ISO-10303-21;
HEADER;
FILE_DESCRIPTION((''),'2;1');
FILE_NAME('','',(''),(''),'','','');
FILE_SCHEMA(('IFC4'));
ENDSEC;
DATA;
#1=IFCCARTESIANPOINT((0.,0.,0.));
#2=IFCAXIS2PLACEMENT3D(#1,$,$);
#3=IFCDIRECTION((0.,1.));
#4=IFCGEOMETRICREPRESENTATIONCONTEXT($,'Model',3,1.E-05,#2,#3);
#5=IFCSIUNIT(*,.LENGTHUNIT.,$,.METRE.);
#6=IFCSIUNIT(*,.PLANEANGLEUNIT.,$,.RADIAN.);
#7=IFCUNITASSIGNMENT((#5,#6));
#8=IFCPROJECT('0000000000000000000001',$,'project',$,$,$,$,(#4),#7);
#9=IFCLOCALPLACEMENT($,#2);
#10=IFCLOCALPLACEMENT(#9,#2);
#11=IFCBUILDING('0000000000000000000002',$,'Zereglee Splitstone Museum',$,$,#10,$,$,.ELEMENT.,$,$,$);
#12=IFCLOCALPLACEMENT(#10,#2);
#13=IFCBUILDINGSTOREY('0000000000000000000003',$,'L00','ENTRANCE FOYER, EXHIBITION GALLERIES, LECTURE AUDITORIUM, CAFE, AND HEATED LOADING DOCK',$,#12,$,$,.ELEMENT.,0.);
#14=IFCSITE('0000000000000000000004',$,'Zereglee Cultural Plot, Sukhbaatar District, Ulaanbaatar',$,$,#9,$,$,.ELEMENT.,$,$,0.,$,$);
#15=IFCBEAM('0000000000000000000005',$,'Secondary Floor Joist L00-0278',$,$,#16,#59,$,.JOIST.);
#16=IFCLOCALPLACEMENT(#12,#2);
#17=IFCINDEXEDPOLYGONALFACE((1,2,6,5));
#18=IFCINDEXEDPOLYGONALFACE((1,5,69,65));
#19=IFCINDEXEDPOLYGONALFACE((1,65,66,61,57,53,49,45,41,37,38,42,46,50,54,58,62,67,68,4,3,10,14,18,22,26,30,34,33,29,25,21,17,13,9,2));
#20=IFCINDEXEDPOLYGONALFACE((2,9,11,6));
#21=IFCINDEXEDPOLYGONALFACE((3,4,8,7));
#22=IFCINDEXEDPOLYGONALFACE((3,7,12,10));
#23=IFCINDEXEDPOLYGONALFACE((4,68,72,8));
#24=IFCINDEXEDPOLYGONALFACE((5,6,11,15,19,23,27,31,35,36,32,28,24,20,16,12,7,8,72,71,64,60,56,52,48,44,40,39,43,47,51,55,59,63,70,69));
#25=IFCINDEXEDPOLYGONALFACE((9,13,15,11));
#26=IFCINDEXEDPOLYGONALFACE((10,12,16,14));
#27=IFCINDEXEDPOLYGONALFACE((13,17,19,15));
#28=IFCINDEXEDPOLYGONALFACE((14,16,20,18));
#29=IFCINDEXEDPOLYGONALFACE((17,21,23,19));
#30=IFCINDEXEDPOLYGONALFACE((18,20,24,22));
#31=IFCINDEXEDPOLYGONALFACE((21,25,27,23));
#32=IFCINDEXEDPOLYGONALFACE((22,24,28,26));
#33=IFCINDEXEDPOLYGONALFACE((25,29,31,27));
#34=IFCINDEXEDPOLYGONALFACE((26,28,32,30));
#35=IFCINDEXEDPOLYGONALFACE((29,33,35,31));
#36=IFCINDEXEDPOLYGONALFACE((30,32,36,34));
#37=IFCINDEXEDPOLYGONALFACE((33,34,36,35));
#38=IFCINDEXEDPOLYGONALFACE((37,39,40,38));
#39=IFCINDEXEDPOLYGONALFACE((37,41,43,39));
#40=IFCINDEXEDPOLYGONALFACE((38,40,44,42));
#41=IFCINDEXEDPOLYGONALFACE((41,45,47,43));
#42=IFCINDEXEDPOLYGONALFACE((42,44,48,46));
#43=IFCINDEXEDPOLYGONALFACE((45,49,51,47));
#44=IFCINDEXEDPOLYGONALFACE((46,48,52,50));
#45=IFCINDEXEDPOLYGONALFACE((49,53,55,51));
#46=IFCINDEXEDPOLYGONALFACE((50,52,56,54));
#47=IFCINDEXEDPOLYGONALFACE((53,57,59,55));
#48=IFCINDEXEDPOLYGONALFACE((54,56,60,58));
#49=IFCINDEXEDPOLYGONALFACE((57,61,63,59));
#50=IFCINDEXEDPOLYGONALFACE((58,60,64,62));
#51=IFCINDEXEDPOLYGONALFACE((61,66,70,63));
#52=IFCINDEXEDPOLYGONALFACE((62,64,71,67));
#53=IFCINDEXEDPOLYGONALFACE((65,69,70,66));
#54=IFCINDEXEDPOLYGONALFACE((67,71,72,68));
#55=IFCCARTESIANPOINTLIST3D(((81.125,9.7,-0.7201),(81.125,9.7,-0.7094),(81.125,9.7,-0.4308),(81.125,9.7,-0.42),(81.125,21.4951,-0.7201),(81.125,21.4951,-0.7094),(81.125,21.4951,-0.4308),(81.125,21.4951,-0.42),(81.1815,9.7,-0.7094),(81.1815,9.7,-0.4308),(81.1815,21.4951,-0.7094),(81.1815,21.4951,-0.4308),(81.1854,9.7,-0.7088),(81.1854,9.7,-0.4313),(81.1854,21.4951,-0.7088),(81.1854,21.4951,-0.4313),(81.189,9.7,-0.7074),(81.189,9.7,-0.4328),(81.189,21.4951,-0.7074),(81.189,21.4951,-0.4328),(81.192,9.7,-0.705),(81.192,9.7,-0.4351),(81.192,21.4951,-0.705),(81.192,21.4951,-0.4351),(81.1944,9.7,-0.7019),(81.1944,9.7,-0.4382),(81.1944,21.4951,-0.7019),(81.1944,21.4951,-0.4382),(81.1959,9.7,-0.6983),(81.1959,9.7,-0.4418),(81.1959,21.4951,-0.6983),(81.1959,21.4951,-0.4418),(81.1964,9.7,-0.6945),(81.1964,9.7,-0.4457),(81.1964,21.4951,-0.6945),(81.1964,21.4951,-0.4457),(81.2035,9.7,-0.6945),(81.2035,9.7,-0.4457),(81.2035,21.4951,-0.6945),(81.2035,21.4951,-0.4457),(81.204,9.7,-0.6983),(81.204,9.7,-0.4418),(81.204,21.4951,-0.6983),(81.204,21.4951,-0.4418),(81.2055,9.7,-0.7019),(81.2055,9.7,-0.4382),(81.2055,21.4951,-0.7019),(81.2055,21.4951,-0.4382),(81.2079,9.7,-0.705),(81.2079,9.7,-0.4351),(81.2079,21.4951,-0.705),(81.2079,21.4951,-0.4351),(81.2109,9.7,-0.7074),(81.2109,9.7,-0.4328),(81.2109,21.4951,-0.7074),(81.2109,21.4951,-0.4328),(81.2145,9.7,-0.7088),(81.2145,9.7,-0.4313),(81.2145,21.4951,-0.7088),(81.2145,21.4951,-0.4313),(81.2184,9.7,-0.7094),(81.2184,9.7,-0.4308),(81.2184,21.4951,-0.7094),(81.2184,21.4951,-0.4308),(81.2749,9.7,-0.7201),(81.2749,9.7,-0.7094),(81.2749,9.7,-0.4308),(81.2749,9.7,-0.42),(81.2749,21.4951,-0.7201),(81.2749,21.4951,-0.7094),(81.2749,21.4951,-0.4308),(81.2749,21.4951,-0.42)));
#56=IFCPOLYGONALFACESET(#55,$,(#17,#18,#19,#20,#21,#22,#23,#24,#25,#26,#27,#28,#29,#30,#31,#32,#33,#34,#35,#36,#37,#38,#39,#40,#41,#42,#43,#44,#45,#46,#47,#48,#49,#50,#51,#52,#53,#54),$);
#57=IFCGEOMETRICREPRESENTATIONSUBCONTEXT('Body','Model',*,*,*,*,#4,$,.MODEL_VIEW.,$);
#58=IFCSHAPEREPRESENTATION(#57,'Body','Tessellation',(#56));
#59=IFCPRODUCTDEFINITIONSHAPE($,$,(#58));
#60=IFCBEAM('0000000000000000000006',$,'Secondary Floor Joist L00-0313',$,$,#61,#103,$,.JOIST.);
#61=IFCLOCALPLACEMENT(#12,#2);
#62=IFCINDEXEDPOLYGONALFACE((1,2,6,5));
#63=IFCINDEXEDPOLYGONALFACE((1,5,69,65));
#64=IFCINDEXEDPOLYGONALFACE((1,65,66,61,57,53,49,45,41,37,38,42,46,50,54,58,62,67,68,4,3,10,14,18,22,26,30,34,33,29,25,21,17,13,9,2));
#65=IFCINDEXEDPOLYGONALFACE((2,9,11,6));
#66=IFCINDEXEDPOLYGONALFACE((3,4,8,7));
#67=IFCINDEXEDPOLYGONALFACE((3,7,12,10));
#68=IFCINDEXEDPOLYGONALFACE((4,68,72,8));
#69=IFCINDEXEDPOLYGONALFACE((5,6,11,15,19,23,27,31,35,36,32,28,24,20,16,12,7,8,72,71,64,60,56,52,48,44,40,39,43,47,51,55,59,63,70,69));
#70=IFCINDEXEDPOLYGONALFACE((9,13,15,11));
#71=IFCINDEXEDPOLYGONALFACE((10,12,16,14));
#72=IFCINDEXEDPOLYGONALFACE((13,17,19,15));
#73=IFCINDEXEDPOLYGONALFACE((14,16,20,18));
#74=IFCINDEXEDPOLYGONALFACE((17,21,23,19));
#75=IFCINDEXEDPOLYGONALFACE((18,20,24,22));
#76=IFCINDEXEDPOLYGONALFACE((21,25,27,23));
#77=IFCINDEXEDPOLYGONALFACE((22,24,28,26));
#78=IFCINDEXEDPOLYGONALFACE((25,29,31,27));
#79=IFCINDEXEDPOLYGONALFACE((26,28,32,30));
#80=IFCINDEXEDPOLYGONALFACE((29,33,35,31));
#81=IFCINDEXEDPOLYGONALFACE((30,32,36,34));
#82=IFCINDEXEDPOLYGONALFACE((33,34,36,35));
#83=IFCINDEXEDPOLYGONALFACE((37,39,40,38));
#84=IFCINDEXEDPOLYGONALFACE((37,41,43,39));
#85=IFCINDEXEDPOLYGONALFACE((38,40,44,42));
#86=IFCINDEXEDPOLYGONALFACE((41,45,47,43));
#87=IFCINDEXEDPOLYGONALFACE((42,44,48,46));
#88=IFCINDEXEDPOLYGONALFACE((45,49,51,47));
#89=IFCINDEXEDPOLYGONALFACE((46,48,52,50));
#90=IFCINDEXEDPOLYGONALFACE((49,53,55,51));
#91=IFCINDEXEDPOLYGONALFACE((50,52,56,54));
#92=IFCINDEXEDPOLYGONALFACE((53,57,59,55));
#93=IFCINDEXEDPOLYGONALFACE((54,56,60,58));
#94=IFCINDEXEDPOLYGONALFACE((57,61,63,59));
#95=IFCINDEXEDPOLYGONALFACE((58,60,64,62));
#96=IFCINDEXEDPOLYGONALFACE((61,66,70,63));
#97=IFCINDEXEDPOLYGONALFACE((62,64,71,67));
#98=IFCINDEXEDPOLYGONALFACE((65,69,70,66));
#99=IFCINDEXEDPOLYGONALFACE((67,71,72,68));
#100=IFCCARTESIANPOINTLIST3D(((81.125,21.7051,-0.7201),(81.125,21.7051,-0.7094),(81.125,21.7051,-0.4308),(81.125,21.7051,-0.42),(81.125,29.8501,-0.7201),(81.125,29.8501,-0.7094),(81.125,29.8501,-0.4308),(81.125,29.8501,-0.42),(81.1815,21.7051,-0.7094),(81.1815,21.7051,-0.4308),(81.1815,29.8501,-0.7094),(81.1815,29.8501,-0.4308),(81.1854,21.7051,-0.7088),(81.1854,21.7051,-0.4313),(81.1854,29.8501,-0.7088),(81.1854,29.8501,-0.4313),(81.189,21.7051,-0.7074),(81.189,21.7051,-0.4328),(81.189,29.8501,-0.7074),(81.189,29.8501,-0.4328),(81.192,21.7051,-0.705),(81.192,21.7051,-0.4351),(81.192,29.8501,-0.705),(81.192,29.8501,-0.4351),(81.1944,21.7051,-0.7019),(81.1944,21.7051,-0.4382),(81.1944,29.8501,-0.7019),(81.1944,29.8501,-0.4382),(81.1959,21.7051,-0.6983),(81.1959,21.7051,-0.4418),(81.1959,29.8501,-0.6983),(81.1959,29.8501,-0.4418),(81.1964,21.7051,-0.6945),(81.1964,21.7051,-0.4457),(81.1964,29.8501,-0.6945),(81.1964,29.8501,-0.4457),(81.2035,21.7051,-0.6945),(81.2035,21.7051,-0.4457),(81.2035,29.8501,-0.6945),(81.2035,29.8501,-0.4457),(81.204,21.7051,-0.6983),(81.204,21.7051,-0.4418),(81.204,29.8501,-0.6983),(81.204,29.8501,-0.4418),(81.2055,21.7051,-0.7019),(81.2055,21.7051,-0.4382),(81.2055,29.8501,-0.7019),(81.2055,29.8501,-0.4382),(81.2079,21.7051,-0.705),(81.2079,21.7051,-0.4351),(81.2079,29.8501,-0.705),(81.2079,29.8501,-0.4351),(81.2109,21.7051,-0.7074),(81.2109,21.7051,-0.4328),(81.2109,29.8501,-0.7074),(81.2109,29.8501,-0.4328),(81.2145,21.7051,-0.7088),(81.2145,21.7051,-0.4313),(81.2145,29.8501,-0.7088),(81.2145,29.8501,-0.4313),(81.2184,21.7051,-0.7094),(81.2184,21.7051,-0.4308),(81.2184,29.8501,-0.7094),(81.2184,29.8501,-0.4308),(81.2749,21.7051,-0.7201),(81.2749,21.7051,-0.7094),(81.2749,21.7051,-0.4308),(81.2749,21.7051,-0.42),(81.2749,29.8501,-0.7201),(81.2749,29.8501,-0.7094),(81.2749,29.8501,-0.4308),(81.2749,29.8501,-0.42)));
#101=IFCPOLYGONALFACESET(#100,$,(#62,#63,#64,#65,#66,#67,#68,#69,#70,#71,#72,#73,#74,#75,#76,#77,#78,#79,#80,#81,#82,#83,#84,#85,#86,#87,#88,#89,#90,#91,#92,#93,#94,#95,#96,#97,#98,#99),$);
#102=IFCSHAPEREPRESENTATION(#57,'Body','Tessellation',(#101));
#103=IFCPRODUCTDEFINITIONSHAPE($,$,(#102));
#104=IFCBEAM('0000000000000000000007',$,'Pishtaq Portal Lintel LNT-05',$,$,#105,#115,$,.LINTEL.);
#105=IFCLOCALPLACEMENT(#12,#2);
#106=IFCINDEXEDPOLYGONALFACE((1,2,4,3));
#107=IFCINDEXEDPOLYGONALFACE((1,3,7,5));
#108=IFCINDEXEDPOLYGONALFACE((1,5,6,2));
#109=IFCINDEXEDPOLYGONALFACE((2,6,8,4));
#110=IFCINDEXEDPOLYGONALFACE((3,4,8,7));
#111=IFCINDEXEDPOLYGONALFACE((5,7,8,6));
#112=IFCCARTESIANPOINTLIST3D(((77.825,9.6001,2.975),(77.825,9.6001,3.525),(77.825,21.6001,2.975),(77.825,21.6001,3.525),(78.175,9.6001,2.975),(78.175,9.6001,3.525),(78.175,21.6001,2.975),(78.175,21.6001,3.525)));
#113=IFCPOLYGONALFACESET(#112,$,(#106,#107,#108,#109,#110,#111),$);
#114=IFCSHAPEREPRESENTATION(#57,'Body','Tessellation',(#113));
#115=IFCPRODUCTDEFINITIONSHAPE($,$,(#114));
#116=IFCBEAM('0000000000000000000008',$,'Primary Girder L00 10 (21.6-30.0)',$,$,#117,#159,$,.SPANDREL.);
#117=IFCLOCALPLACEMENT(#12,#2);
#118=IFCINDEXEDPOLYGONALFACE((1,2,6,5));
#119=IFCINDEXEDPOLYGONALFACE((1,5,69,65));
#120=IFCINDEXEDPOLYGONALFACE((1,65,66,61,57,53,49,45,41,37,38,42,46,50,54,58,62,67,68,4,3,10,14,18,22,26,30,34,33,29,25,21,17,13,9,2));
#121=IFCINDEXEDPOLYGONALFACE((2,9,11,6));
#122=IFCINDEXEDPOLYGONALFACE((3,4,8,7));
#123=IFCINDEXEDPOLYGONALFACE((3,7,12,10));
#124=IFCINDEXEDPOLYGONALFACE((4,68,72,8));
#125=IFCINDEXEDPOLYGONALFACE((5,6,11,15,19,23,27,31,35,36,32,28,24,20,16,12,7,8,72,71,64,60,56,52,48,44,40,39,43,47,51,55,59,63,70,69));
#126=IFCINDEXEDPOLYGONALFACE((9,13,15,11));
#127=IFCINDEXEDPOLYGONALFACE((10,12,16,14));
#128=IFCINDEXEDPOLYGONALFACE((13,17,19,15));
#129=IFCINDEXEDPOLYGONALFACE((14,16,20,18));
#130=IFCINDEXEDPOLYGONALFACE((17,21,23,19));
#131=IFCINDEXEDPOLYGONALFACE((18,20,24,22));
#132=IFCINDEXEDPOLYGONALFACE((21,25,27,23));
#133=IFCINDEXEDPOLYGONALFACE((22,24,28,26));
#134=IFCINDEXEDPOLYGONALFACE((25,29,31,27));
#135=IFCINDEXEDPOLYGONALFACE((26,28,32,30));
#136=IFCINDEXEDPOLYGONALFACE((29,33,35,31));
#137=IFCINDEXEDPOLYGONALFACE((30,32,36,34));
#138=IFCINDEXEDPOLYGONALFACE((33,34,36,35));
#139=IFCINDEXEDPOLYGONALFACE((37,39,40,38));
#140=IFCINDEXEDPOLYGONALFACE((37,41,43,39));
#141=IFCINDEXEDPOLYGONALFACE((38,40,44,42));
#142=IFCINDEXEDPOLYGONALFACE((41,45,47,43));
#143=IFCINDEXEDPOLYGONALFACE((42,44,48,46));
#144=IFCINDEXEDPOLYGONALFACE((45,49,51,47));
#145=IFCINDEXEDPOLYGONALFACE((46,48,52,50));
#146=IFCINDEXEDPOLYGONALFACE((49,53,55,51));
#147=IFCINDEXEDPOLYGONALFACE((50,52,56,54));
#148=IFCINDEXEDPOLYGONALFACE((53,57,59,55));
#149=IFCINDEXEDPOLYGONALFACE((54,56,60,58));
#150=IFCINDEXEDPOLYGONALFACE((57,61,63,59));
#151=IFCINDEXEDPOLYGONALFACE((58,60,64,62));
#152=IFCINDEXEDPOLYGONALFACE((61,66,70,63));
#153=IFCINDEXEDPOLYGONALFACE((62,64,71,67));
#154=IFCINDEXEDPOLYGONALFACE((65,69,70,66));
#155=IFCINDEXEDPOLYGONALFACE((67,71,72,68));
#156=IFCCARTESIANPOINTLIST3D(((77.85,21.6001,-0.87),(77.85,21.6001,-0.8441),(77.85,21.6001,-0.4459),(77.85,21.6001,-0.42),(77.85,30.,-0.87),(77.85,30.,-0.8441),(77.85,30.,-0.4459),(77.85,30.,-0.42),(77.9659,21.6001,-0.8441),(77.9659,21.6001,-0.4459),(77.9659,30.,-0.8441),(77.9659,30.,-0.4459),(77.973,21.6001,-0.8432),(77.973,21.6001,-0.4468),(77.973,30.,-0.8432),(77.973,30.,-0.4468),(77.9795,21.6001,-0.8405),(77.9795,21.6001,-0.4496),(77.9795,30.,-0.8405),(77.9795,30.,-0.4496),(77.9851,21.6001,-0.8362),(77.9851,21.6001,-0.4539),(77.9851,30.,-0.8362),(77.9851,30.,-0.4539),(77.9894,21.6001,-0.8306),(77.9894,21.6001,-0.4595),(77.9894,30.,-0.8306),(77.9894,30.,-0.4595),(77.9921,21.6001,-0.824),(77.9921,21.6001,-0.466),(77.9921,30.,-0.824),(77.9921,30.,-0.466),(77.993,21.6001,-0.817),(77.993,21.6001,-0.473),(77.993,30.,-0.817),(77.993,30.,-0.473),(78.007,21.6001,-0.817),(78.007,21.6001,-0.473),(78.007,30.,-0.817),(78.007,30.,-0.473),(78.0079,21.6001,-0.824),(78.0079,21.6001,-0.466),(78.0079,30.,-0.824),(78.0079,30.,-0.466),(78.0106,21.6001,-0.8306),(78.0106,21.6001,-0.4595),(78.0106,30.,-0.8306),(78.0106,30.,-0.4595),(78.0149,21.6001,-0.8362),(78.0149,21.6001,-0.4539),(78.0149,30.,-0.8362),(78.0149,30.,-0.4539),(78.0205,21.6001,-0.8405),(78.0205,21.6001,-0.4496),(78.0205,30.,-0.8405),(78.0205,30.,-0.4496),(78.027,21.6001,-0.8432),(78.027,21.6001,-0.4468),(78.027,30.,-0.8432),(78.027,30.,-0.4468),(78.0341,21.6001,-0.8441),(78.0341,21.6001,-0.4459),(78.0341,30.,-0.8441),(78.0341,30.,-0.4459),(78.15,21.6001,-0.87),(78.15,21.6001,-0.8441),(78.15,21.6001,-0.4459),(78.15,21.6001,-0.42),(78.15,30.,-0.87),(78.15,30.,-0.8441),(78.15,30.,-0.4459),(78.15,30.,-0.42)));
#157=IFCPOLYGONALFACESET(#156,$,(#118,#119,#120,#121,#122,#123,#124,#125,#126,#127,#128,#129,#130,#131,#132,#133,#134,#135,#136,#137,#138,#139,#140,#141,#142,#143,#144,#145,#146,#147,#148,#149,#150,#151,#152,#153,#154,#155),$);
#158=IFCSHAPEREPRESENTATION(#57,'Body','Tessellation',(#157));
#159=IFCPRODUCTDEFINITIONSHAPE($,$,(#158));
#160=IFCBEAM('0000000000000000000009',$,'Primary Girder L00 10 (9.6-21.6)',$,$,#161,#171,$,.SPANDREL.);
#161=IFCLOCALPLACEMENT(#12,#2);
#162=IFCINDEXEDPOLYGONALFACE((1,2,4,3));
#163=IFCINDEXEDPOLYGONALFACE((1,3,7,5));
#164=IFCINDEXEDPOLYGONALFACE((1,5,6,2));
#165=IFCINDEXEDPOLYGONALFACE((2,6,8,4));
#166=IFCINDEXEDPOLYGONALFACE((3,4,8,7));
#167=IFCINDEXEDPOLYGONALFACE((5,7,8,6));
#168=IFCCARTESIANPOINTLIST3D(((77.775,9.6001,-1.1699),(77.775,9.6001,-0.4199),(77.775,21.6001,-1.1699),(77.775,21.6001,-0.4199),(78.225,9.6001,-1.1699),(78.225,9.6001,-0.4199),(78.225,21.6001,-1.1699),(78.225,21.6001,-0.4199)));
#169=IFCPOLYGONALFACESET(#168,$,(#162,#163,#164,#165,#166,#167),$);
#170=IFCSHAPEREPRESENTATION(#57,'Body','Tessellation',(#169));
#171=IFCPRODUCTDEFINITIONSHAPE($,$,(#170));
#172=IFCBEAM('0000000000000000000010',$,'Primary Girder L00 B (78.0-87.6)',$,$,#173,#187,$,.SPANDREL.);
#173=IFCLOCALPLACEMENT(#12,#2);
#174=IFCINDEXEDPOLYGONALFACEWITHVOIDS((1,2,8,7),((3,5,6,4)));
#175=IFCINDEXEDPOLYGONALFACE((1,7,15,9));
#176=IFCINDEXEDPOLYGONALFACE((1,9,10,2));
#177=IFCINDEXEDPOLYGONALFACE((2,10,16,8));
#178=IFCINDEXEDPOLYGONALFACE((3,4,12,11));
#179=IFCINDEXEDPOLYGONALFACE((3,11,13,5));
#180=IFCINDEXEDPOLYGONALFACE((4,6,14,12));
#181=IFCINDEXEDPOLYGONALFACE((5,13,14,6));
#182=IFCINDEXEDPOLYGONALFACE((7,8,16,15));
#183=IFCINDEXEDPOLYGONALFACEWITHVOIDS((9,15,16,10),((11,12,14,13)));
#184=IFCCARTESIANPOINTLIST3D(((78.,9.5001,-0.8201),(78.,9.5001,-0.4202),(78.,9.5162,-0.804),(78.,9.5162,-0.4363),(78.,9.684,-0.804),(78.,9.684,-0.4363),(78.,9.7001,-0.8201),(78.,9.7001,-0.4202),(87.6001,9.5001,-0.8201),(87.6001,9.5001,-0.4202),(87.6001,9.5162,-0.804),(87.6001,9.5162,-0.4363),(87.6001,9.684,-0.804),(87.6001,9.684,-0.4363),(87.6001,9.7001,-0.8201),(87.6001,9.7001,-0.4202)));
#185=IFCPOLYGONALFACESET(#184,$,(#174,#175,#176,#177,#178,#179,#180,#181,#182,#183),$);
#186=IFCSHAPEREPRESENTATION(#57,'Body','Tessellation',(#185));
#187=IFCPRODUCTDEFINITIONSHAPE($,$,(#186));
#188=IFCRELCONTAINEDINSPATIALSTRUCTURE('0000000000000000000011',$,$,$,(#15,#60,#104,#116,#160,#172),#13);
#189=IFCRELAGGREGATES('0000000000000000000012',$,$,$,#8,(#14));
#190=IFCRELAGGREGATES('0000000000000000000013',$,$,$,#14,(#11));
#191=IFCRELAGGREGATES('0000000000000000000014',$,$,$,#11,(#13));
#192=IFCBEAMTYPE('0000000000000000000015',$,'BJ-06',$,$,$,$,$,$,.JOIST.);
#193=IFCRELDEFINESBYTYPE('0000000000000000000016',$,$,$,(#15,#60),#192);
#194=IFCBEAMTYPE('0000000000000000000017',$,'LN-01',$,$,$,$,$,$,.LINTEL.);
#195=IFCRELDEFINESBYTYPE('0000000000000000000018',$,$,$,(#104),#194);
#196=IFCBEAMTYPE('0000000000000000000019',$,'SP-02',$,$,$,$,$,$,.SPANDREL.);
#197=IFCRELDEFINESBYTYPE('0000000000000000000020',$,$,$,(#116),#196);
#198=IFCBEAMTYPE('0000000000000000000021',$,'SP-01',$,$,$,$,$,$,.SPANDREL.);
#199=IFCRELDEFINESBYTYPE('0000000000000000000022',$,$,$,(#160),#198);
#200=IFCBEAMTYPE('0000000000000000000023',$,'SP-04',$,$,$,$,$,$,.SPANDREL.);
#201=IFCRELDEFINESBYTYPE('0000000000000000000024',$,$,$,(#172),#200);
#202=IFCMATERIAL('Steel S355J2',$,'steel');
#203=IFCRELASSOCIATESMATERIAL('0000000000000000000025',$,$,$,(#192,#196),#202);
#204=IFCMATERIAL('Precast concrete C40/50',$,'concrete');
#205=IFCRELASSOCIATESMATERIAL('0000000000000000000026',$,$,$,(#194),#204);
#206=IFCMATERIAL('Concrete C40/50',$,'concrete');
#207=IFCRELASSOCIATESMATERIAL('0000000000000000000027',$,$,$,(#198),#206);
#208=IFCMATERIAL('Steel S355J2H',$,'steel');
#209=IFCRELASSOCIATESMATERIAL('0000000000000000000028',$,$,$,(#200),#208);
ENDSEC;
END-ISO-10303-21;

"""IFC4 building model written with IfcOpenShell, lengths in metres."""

from ifc_helpers import new_model, si_unit, direction, frame, origin, origin_2d, place, context, subcontext, project, spatial, rectangle, hollow_rectangle, i_section, extrude, material, material_profile, profile_set, type_object, element, save


model = new_model("IFC4")

# Units and contexts
model_context = context("Model", 3, precision=1e-05, world=origin(), true_north=direction((0.0, 1.0)))
body_context = subcontext(model_context, "Body", "Model", "MODEL_VIEW")
ifc_project = project(units=[si_unit("LENGTHUNIT", "METRE"), si_unit("PLANEANGLEUNIT", "RADIAN")], contexts=[model_context])

# Site, building, storey
site_placement = place(None, origin())
site = spatial("IfcSite", under=ifc_project, at=site_placement, Name="Zereglee Cultural Plot, Sukhbaatar District, Ulaanbaatar", CompositionType="ELEMENT", RefElevation=0.0)
building_placement = place(site_placement, origin())
building = spatial("IfcBuilding", under=site, at=building_placement, Name="Zereglee Splitstone Museum", CompositionType="ELEMENT")
storey_placement = place(building_placement, origin())
storey = spatial("IfcBuildingStorey", under=building, at=storey_placement, Name="L00", Description="ENTRANCE FOYER, EXHIBITION GALLERIES, LECTURE AUDITORIUM, CAFE, AND HEATED LOADING DOCK", CompositionType="ELEMENT", Elevation=0.0)

# Beams
ifc_material_1 = material(Name="Steel S355J2", Category="steel")
ifc_material_profile_1 = material_profile(ifc_material_1, i_section(OverallWidth=0.1499, OverallDepth=0.3, WebThickness=0.0071, FlangeThickness=0.0107, FilletRadius=0.0149, at=origin_2d()), Name="IPE 300")
ifc_profile_set_1 = profile_set([ifc_material_profile_1], Name="Steel S355J2")
beam_type_1 = type_object("IfcBeamType", Name="BJ-06", PredefinedType="JOIST", material=ifc_profile_set_1)
beam_1_placement = place(storey_placement, frame((81.2, 9.7, -0.5701), z_axis=(0.0, 1.0, 0.0), x_axis=(-1.0, 0.0, 0.0)))
element("IfcBeam", 1, at=beam_1_placement, inside=storey, type_object=beam_type_1, Name="Secondary Floor Joist L00-0278", PredefinedType="JOIST", context=body_context, shape_type="SweptSolid", body=[
    extrude(i_section(OverallWidth=0.1499, OverallDepth=0.3, WebThickness=0.0071, FlangeThickness=0.0107, FilletRadius=0.0149, at=origin_2d()), origin(), (0.0, 0.0, 1.0), 11.7952),
])
beam_2_placement = place(storey_placement, frame((81.2, 21.7051, -0.5701), z_axis=(0.0, 1.0, 0.0), x_axis=(-1.0, 0.0, 0.0)))
element("IfcBeam", 2, at=beam_2_placement, inside=storey, type_object=beam_type_1, Name="Secondary Floor Joist L00-0313", PredefinedType="JOIST", context=body_context, shape_type="SweptSolid", body=[
    extrude(i_section(OverallWidth=0.1499, OverallDepth=0.3, WebThickness=0.0071, FlangeThickness=0.0107, FilletRadius=0.0149, at=origin_2d()), origin(), (0.0, 0.0, 1.0), 8.145),
])
ifc_material_2 = material(Name="Precast concrete C40/50", Category="concrete")
ifc_material_profile_2 = material_profile(ifc_material_2, rectangle(XDim=0.3501, YDim=0.55, at=origin_2d()), Name="RC 350x550")
ifc_profile_set_2 = profile_set([ifc_material_profile_2], Name="Precast concrete C40/50")
beam_type_2 = type_object("IfcBeamType", Name="LN-01", PredefinedType="LINTEL", material=ifc_profile_set_2)
beam_3_placement = place(storey_placement, frame((78.0, 9.6001, 3.25), z_axis=(0.0, 1.0, 0.0), x_axis=(-1.0, 0.0, 0.0)))
element("IfcBeam", 3, at=beam_3_placement, inside=storey, type_object=beam_type_2, Name="Pishtaq Portal Lintel LNT-05", PredefinedType="LINTEL", context=body_context, shape_type="SweptSolid", body=[
    extrude(rectangle(XDim=0.3501, YDim=0.55, at=origin_2d()), origin(), (0.0, 0.0, 1.0), 12.0),
])
ifc_material_profile_3 = material_profile(ifc_material_1, i_section(OverallWidth=0.3, OverallDepth=0.45, WebThickness=0.0139, FlangeThickness=0.0259, FilletRadius=0.0271, at=origin_2d()), Name="HE 450 B")
ifc_profile_set_3 = profile_set([ifc_material_profile_3], Name="Steel S355J2")
beam_type_3 = type_object("IfcBeamType", Name="SP-02", PredefinedType="SPANDREL", material=ifc_profile_set_3)
beam_4_placement = place(storey_placement, frame((78.0, 21.6001, -0.645), z_axis=(0.0, 1.0, 0.0), x_axis=(-1.0, 0.0, 0.0)))
element("IfcBeam", 4, at=beam_4_placement, inside=storey, type_object=beam_type_3, Name="Primary Girder L00 10 (21.6-30.0)", PredefinedType="SPANDREL", context=body_context, shape_type="SweptSolid", body=[
    extrude(i_section(OverallWidth=0.3, OverallDepth=0.45, WebThickness=0.0139, FlangeThickness=0.0259, FilletRadius=0.0271, at=origin_2d()), origin(), (0.0, 0.0, 1.0), 8.3999),
])
ifc_material_3 = material(Name="Concrete C40/50", Category="concrete")
ifc_material_profile_4 = material_profile(ifc_material_3, rectangle(XDim=0.45, YDim=0.75, at=origin_2d()), Name="RC 450x750")
ifc_profile_set_4 = profile_set([ifc_material_profile_4], Name="Concrete C40/50")
beam_type_4 = type_object("IfcBeamType", Name="SP-01", PredefinedType="SPANDREL", material=ifc_profile_set_4)
beam_5_placement = place(storey_placement, frame((78.0, 9.6001, -0.7949), z_axis=(0.0, 1.0, 0.0), x_axis=(-1.0, 0.0, 0.0)))
element("IfcBeam", 5, at=beam_5_placement, inside=storey, type_object=beam_type_4, Name="Primary Girder L00 10 (9.6-21.6)", PredefinedType="SPANDREL", context=body_context, shape_type="SweptSolid", body=[
    extrude(rectangle(XDim=0.45, YDim=0.75, at=origin_2d()), origin(), (0.0, 0.0, 1.0), 12.0),
])
ifc_material_4 = material(Name="Steel S355J2H", Category="steel")
ifc_material_profile_5 = material_profile(ifc_material_4, hollow_rectangle(XDim=0.2, YDim=0.3999, WallThickness=0.0161, at=origin_2d()), Name="RHS 400x200x16")
ifc_profile_set_5 = profile_set([ifc_material_profile_5], Name="Steel S355J2H")
beam_type_5 = type_object("IfcBeamType", Name="SP-04", PredefinedType="SPANDREL", material=ifc_profile_set_5)
beam_6_placement = place(storey_placement, frame((78.0, 9.6001, -0.6201), z_axis=(1.0, 0.0, 0.0), x_axis=(0.0, 1.0, 0.0)))
element("IfcBeam", 6, at=beam_6_placement, inside=storey, type_object=beam_type_5, Name="Primary Girder L00 B (78.0-87.6)", PredefinedType="SPANDREL", context=body_context, shape_type="SweptSolid", body=[
    extrude(hollow_rectangle(XDim=0.2, YDim=0.3999, WallThickness=0.0161, at=origin_2d()), origin(), (0.0, 0.0, 1.0), 9.6001),
])

save(model, "model.ifc")
